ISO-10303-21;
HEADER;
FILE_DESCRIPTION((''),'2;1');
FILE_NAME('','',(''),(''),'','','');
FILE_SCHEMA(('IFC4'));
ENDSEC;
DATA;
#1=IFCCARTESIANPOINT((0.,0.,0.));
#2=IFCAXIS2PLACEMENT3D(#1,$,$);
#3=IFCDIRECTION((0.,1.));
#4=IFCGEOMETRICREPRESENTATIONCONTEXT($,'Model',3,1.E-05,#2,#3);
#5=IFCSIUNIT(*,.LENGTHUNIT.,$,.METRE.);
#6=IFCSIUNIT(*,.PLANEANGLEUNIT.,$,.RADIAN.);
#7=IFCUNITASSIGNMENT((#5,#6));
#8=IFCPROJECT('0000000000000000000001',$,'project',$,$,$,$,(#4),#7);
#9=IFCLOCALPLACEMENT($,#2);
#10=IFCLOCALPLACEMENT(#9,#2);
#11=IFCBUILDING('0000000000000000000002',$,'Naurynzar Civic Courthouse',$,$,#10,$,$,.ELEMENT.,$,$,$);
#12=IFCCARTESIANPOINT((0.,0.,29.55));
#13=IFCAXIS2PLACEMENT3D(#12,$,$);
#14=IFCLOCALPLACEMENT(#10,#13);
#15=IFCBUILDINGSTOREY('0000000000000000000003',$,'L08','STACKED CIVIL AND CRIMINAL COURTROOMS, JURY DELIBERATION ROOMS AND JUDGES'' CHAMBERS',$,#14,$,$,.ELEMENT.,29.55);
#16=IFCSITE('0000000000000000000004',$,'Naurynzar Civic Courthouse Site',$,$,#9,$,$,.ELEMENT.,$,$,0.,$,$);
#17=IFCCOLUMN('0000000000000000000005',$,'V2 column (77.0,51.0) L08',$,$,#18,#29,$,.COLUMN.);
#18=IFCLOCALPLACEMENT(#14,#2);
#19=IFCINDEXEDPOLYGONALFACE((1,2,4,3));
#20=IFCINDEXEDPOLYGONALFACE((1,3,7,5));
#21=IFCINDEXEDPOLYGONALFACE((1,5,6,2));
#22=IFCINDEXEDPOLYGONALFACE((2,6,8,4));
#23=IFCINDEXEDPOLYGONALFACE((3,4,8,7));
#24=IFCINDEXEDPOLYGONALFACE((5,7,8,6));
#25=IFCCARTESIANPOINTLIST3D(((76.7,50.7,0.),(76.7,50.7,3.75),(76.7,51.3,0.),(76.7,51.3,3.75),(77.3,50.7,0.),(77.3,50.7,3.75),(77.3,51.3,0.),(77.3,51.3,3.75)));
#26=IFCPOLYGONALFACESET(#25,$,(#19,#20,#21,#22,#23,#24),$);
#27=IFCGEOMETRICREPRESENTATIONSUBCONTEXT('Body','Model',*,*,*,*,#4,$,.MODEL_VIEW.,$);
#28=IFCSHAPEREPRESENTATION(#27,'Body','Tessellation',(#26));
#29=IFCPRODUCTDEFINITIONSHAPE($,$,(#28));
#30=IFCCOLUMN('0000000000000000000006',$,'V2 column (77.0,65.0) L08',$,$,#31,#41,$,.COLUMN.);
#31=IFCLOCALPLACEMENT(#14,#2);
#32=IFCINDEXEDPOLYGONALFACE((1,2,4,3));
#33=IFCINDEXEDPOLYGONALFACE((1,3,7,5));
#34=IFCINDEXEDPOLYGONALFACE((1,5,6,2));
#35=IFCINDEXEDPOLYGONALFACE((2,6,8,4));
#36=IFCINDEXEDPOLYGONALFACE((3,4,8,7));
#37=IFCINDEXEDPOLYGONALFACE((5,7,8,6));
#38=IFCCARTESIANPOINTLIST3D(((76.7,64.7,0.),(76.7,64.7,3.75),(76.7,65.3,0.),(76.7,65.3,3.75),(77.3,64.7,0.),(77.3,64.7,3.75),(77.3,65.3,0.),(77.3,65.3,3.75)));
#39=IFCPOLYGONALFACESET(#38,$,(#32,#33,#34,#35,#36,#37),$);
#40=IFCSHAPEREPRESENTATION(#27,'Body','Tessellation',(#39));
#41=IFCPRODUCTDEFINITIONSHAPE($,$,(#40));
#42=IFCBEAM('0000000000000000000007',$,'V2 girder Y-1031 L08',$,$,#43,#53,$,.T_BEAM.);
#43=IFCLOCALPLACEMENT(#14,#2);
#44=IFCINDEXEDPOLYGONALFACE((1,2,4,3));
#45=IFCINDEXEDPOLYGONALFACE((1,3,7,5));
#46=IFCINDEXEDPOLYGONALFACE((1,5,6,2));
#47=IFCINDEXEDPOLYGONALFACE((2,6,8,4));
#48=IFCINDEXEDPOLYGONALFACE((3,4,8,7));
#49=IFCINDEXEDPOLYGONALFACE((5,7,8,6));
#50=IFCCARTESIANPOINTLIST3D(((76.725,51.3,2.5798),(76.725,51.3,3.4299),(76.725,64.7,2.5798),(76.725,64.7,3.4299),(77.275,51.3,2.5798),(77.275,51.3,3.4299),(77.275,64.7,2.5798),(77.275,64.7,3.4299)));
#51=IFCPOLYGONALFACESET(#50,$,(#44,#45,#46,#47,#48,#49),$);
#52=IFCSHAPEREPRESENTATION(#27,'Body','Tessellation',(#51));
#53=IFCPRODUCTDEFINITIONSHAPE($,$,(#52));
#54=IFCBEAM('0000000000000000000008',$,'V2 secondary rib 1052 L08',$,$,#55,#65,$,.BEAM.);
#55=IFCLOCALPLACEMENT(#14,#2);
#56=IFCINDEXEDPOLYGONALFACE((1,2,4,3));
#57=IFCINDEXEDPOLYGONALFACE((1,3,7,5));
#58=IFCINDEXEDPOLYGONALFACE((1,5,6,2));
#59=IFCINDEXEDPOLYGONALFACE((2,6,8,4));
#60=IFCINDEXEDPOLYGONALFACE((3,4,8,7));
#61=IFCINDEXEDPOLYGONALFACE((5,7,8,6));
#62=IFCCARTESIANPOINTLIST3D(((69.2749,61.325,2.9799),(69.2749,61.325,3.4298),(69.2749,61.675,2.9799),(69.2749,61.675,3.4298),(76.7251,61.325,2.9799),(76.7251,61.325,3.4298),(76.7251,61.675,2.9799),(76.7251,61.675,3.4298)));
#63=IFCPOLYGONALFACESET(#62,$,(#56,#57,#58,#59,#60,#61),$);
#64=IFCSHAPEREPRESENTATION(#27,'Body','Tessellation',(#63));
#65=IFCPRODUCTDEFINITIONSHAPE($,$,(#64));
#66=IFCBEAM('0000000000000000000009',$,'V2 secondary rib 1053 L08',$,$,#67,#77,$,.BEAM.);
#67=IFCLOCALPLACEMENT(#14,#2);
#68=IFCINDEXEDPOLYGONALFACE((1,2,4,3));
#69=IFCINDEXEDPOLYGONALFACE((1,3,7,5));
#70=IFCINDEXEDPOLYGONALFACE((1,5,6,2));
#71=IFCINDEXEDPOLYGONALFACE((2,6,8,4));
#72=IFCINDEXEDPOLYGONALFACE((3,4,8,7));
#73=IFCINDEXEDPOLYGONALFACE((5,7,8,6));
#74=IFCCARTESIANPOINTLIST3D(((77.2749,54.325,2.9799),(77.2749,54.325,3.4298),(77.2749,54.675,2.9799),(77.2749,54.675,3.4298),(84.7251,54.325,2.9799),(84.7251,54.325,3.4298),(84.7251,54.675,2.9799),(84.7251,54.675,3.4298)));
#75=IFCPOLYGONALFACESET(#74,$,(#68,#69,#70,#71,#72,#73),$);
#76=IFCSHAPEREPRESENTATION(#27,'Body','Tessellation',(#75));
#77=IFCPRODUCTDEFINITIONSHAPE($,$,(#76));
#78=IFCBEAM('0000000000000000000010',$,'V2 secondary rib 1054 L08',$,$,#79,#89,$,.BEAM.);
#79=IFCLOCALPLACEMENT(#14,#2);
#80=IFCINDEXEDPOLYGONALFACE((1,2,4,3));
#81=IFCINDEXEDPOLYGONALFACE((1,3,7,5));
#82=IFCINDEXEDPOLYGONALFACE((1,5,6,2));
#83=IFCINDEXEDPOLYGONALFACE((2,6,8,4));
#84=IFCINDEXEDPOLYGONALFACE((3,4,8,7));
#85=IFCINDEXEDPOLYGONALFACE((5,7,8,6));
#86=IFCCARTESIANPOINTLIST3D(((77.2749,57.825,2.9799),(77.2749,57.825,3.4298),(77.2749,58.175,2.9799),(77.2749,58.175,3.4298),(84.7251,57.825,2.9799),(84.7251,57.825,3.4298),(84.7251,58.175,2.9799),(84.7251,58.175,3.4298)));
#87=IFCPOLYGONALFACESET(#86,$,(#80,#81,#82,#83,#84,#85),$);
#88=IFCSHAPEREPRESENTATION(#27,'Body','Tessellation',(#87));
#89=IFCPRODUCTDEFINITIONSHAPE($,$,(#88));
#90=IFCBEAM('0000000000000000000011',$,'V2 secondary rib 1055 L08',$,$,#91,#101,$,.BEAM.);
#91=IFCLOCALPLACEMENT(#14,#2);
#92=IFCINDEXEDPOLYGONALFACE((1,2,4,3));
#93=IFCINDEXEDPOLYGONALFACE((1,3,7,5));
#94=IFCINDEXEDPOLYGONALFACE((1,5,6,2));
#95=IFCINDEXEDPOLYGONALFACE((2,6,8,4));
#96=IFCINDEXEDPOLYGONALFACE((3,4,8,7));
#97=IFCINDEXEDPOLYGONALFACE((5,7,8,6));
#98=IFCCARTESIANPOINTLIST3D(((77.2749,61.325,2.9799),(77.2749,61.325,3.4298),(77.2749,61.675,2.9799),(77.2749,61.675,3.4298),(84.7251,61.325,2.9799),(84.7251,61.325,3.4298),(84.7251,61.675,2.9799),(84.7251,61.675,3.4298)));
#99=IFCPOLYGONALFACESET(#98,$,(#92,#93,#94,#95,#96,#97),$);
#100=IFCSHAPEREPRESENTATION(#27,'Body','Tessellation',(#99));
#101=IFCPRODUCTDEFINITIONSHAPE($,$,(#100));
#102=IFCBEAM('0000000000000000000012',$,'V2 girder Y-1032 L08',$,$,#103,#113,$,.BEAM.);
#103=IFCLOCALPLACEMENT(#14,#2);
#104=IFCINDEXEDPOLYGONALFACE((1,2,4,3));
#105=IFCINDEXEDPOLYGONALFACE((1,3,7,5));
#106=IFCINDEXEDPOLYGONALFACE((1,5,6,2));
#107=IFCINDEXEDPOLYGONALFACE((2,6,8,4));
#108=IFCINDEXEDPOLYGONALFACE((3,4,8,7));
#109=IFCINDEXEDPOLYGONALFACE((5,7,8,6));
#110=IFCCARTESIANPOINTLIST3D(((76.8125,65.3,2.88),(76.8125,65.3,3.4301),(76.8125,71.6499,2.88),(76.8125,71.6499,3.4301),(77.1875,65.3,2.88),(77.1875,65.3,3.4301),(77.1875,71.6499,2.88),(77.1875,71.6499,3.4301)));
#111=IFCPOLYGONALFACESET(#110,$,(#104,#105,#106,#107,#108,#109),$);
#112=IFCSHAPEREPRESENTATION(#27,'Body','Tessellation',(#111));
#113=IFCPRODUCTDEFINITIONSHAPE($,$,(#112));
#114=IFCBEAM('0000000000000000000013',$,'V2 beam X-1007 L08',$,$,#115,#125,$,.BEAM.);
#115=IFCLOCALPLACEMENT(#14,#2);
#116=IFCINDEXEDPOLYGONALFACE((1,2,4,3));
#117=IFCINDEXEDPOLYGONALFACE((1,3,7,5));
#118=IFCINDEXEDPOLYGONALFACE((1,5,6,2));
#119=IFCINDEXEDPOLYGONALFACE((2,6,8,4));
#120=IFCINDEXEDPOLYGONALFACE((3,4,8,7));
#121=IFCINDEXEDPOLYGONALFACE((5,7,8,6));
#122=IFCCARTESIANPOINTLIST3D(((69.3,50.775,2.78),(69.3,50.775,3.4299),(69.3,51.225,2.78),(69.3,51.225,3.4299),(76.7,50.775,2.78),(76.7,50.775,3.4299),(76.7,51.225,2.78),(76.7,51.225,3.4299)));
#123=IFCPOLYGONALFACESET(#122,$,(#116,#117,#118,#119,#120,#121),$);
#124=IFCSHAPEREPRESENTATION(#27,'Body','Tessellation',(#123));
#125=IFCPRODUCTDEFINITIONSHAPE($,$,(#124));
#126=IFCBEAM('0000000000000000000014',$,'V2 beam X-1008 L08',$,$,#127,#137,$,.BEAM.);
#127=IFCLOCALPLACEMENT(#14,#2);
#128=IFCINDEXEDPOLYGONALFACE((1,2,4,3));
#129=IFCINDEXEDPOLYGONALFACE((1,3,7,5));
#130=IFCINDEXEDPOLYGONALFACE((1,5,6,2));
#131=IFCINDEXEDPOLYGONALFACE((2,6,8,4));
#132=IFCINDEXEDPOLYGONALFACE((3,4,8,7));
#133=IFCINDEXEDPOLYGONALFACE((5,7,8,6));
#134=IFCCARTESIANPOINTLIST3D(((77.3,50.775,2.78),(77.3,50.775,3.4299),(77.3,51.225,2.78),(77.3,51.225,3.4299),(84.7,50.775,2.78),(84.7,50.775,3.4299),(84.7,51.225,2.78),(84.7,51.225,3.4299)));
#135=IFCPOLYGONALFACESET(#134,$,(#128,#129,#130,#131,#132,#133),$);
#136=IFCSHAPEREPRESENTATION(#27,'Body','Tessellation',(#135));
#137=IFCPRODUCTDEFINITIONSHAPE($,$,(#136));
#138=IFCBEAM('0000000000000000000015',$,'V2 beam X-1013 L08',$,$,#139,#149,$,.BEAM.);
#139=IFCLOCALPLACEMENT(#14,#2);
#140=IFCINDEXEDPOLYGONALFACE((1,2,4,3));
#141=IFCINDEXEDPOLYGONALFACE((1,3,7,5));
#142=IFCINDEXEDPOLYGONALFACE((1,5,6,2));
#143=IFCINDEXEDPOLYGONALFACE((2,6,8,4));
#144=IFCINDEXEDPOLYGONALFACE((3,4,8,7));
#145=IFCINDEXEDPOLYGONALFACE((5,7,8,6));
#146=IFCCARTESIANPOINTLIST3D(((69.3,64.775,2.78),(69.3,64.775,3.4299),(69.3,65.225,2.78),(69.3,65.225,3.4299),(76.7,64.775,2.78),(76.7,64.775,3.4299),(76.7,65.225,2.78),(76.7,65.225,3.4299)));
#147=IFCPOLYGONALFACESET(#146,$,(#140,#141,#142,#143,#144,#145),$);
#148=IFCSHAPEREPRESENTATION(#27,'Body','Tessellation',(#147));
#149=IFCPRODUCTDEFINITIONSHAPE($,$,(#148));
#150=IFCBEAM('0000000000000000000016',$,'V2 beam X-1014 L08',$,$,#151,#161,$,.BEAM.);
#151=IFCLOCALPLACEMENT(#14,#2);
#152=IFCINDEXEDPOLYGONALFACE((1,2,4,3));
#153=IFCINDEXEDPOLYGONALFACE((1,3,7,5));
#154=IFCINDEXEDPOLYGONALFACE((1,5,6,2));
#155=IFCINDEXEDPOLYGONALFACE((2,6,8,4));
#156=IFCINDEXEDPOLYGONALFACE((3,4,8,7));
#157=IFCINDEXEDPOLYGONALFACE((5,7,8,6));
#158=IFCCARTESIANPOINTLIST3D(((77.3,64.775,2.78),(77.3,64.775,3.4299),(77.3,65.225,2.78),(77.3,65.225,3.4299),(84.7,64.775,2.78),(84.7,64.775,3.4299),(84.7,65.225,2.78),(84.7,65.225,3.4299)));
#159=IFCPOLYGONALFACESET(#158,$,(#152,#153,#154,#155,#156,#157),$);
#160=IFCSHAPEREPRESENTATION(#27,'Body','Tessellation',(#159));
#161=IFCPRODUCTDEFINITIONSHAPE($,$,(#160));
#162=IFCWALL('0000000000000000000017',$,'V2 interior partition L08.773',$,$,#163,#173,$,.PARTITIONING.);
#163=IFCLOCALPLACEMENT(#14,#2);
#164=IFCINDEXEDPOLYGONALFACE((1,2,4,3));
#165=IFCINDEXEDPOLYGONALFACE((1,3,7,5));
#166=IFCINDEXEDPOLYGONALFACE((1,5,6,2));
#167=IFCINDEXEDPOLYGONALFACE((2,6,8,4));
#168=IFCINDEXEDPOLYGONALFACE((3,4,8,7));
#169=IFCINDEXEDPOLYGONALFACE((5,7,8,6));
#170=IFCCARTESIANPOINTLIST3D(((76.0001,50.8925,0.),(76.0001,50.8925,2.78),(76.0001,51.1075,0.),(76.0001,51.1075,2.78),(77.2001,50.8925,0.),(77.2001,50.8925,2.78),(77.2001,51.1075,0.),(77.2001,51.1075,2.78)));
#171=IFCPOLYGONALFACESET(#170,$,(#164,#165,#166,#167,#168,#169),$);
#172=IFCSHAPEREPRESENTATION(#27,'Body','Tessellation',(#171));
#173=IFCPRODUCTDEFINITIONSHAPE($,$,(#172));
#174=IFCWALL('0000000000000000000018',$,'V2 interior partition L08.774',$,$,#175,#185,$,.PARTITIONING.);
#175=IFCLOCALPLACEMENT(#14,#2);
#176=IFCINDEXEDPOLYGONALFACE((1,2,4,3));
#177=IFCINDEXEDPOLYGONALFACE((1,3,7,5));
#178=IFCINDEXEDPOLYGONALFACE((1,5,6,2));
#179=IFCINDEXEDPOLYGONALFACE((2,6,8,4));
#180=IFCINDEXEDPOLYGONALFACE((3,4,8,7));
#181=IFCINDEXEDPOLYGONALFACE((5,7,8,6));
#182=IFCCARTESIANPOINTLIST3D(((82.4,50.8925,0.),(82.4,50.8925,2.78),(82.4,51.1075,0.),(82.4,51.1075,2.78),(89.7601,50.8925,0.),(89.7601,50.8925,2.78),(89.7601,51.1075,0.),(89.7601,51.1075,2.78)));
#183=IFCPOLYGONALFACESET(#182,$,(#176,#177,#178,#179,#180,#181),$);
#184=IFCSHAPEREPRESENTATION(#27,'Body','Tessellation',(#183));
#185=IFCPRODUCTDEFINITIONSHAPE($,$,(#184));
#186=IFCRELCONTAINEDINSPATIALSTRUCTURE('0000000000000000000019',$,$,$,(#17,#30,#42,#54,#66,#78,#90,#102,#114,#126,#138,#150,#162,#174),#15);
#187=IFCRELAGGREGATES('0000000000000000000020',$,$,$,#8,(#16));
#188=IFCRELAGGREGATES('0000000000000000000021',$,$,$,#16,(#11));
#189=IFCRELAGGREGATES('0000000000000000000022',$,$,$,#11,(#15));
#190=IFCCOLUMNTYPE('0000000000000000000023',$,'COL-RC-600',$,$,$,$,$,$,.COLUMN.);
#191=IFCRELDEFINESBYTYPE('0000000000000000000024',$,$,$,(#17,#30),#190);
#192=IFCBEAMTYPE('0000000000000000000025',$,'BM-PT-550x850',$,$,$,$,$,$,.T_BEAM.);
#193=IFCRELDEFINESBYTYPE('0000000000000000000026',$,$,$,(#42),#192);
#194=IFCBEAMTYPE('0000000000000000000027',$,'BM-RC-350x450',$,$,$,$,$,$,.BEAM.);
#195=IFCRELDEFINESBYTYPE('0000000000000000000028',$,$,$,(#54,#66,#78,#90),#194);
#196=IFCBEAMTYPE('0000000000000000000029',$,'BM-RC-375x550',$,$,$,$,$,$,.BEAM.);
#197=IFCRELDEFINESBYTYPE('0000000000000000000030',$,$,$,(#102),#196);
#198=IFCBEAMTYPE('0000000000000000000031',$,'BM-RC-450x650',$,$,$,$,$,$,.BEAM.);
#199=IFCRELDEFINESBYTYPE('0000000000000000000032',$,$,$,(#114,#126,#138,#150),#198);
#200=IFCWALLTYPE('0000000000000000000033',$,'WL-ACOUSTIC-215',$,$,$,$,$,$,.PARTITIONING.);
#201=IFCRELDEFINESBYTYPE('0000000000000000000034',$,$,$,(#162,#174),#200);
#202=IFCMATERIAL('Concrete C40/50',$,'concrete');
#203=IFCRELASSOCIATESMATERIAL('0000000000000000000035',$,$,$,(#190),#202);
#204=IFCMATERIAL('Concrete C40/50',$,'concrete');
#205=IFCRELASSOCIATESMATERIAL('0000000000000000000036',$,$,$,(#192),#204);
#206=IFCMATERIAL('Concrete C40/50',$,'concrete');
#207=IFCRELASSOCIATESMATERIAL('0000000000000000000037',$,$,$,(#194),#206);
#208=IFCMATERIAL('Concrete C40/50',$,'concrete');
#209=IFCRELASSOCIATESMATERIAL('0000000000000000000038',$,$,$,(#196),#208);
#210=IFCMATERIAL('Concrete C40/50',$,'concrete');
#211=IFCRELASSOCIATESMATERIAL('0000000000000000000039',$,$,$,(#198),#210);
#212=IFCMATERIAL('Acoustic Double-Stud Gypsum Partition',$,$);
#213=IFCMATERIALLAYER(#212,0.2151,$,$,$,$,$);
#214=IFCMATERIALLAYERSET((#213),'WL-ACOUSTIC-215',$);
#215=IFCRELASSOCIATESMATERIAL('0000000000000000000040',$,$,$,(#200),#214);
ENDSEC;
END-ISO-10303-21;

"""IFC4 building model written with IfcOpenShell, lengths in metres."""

from ifc_helpers import new_model, si_unit, direction, frame, frame_2d, origin, origin_2d, place, context, subcontext, project, spatial, rectangle, extrude, material, layer, layer_set, material_profile, profile_set, type_object, element, save


model = new_model("IFC4")

# Units and contexts
model_context = context("Model", 3, precision=1e-05, world=origin(), true_north=direction((0.0, 1.0)))
body_context = subcontext(model_context, "Body", "Model", "MODEL_VIEW")
ifc_project = project(units=[si_unit("LENGTHUNIT", "METRE"), si_unit("PLANEANGLEUNIT", "RADIAN")], contexts=[model_context])

# Site, building, storey
site_placement = place(None, origin())
site = spatial("IfcSite", under=ifc_project, at=site_placement, Name="Naurynzar Civic Courthouse Site", CompositionType="ELEMENT", RefElevation=0.0)
building_placement = place(site_placement, origin())
building = spatial("IfcBuilding", under=site, at=building_placement, Name="Naurynzar Civic Courthouse", CompositionType="ELEMENT")
storey_placement = place(building_placement, frame((0.0, 0.0, 29.55)))
storey = spatial("IfcBuildingStorey", under=building, at=storey_placement, Name="L08", Description="STACKED CIVIL AND CRIMINAL COURTROOMS, JURY DELIBERATION ROOMS AND JUDGES' CHAMBERS", CompositionType="ELEMENT", Elevation=29.55)

# Columns
ifc_material_1 = material(Name="Concrete C40/50", Category="concrete")
ifc_material_profile_1 = material_profile(ifc_material_1, rectangle(XDim=0.6001, YDim=0.6001, at=origin_2d()), Name="RC 600x600")
ifc_profile_set_1 = profile_set([ifc_material_profile_1], Name="Concrete C40/50")
column_type = type_object("IfcColumnType", Name="COL-RC-600", PredefinedType="COLUMN", material=ifc_profile_set_1)
for number, where, z_axis, x_axis, name in (
    (1, (77.0, 51.0, 0.0), (0.0, 0.0, 1.0), (1.0, 0.0, 0.0), "V2 column (77.0,51.0) L08"),
    (2, (77.0, 65.0, 0.0), (0.0, 0.0, 1.0), (1.0, 0.0, 0.0), "V2 column (77.0,65.0) L08"),
):
    element("IfcColumn", number, at=place(storey_placement, frame(where, z_axis=z_axis, x_axis=x_axis)), inside=storey, type_object=column_type, Name=name, PredefinedType="COLUMN", context=body_context, shape_type="SweptSolid", body=[
        extrude(rectangle(XDim=0.6001, YDim=0.6001, at=origin_2d()), origin(), (0.0, 0.0, 1.0), 3.75),
    ])

# Beams
ifc_material_2 = material(Name="Concrete C40/50", Category="concrete")
ifc_material_profile_2 = material_profile(ifc_material_2, rectangle(XDim=0.55, YDim=0.8501, at=origin_2d()), Name="PTB 550x850")
ifc_profile_set_2 = profile_set([ifc_material_profile_2], Name="Concrete C40/50")
beam_type_1 = type_object("IfcBeamType", Name="BM-PT-550x850", PredefinedType="T_BEAM", material=ifc_profile_set_2)
beam_1_placement = place(storey_placement, frame((77.0, 51.3, 3.0049), z_axis=(0.0, 1.0, 0.0), x_axis=(-1.0, 0.0, 0.0)))
element("IfcBeam", 3, at=beam_1_placement, inside=storey, type_object=beam_type_1, Name="V2 girder Y-1031 L08", PredefinedType="T_BEAM", context=body_context, shape_type="SweptSolid", body=[
    extrude(rectangle(XDim=0.55, YDim=0.8501, at=origin_2d()), origin(), (0.0, 0.0, 1.0), 13.3999),
])
ifc_material_3 = material(Name="Concrete C40/50", Category="concrete")
ifc_material_profile_3 = material_profile(ifc_material_3, rectangle(XDim=0.3501, YDim=0.45, at=origin_2d()), Name="RCB 350x450")
ifc_profile_set_3 = profile_set([ifc_material_profile_3], Name="Concrete C40/50")
beam_type_2 = type_object("IfcBeamType", Name="BM-RC-350x450", PredefinedType="BEAM", material=ifc_profile_set_3)
for number, where, z_axis, x_axis, name in (
    (4, (69.2749, 61.5, 3.2048), (1.0, 0.0, 0.0), (0.0, 1.0, 0.0), "V2 secondary rib 1052 L08"),
    (5, (77.2749, 54.5, 3.2048), (1.0, 0.0, 0.0), (0.0, 1.0, 0.0), "V2 secondary rib 1053 L08"),
    (6, (77.2749, 58.0, 3.2048), (1.0, 0.0, 0.0), (0.0, 1.0, 0.0), "V2 secondary rib 1054 L08"),
    (7, (77.2749, 61.5, 3.2048), (1.0, 0.0, 0.0), (0.0, 1.0, 0.0), "V2 secondary rib 1055 L08"),
):
    element("IfcBeam", number, at=place(storey_placement, frame(where, z_axis=z_axis, x_axis=x_axis)), inside=storey, type_object=beam_type_2, Name=name, PredefinedType="BEAM", context=body_context, shape_type="SweptSolid", body=[
        extrude(rectangle(XDim=0.3501, YDim=0.45, at=origin_2d()), origin(), (0.0, 0.0, 1.0), 7.4502),
    ])
ifc_material_4 = material(Name="Concrete C40/50", Category="concrete")
ifc_material_profile_4 = material_profile(ifc_material_4, rectangle(XDim=0.375, YDim=0.55, at=origin_2d()), Name="RCB 375x550")
ifc_profile_set_4 = profile_set([ifc_material_profile_4], Name="Concrete C40/50")
beam_type_3 = type_object("IfcBeamType", Name="BM-RC-375x550", PredefinedType="BEAM", material=ifc_profile_set_4)
beam_2_placement = place(storey_placement, frame((77.0, 65.3, 3.155), z_axis=(0.0, 1.0, 0.0), x_axis=(-1.0, 0.0, 0.0)))
element("IfcBeam", 8, at=beam_2_placement, inside=storey, type_object=beam_type_3, Name="V2 girder Y-1032 L08", PredefinedType="BEAM", context=body_context, shape_type="SweptSolid", body=[
    extrude(rectangle(XDim=0.375, YDim=0.55, at=origin_2d()), origin(), (0.0, 0.0, 1.0), 6.3499),
])
ifc_material_5 = material(Name="Concrete C40/50", Category="concrete")
ifc_material_profile_5 = material_profile(ifc_material_5, rectangle(XDim=0.45, YDim=0.6499, at=origin_2d()), Name="RCB 450x650")
ifc_profile_set_5 = profile_set([ifc_material_profile_5], Name="Concrete C40/50")
beam_type_4 = type_object("IfcBeamType", Name="BM-RC-450x650", PredefinedType="BEAM", material=ifc_profile_set_5)
for number, where, z_axis, x_axis, name in (
    (9, (69.3, 51.0, 3.105), (1.0, 0.0, 0.0), (0.0, 1.0, 0.0), "V2 beam X-1007 L08"),
    (10, (77.3, 51.0, 3.105), (1.0, 0.0, 0.0), (0.0, 1.0, 0.0), "V2 beam X-1008 L08"),
    (11, (69.3, 65.0, 3.105), (1.0, 0.0, 0.0), (0.0, 1.0, 0.0), "V2 beam X-1013 L08"),
    (12, (77.3, 65.0, 3.105), (1.0, 0.0, 0.0), (0.0, 1.0, 0.0), "V2 beam X-1014 L08"),
):
    element("IfcBeam", number, at=place(storey_placement, frame(where, z_axis=z_axis, x_axis=x_axis)), inside=storey, type_object=beam_type_4, Name=name, PredefinedType="BEAM", context=body_context, shape_type="SweptSolid", body=[
        extrude(rectangle(XDim=0.45, YDim=0.6499, at=origin_2d()), origin(), (0.0, 0.0, 1.0), 7.3999),
    ])

# Walls
ifc_material_6 = material(Name="Acoustic Double-Stud Gypsum Partition")
ifc_layer_1 = layer(ifc_material_6, 0.2151)
ifc_layer_set_1 = layer_set([ifc_layer_1], Name="WL-ACOUSTIC-215")
wall_type_1 = type_object("IfcWallType", Name="WL-ACOUSTIC-215", PredefinedType="PARTITIONING", material=ifc_layer_set_1)
wall_1_placement = place(storey_placement, frame((76.0, 51.0, 0.0), z_axis=(0.0, 0.0, 1.0), x_axis=(1.0, 0.0, 0.0)))
element("IfcWall", 13, at=wall_1_placement, inside=storey, type_object=wall_type_1, Name="V2 interior partition L08.773", PredefinedType="PARTITIONING", context=body_context, shape_type="SweptSolid", body=[
    extrude(rectangle(XDim=1.2, YDim=0.2151, at=frame_2d((0.6001, 0.0))), origin(), (0.0, 0.0, 1.0), 2.78),
])
wall_2_placement = place(storey_placement, frame((82.3999, 51.0, 0.0), z_axis=(0.0, 0.0, 1.0), x_axis=(1.0, 0.0, 0.0)))
element("IfcWall", 14, at=wall_2_placement, inside=storey, type_object=wall_type_1, Name="V2 interior partition L08.774", PredefinedType="PARTITIONING", context=body_context, shape_type="SweptSolid", body=[
    extrude(rectangle(XDim=7.3601, YDim=0.2151, at=frame_2d((3.6802, 0.0))), origin(), (0.0, 0.0, 1.0), 2.78),
])

save(model, "model.ifc")
